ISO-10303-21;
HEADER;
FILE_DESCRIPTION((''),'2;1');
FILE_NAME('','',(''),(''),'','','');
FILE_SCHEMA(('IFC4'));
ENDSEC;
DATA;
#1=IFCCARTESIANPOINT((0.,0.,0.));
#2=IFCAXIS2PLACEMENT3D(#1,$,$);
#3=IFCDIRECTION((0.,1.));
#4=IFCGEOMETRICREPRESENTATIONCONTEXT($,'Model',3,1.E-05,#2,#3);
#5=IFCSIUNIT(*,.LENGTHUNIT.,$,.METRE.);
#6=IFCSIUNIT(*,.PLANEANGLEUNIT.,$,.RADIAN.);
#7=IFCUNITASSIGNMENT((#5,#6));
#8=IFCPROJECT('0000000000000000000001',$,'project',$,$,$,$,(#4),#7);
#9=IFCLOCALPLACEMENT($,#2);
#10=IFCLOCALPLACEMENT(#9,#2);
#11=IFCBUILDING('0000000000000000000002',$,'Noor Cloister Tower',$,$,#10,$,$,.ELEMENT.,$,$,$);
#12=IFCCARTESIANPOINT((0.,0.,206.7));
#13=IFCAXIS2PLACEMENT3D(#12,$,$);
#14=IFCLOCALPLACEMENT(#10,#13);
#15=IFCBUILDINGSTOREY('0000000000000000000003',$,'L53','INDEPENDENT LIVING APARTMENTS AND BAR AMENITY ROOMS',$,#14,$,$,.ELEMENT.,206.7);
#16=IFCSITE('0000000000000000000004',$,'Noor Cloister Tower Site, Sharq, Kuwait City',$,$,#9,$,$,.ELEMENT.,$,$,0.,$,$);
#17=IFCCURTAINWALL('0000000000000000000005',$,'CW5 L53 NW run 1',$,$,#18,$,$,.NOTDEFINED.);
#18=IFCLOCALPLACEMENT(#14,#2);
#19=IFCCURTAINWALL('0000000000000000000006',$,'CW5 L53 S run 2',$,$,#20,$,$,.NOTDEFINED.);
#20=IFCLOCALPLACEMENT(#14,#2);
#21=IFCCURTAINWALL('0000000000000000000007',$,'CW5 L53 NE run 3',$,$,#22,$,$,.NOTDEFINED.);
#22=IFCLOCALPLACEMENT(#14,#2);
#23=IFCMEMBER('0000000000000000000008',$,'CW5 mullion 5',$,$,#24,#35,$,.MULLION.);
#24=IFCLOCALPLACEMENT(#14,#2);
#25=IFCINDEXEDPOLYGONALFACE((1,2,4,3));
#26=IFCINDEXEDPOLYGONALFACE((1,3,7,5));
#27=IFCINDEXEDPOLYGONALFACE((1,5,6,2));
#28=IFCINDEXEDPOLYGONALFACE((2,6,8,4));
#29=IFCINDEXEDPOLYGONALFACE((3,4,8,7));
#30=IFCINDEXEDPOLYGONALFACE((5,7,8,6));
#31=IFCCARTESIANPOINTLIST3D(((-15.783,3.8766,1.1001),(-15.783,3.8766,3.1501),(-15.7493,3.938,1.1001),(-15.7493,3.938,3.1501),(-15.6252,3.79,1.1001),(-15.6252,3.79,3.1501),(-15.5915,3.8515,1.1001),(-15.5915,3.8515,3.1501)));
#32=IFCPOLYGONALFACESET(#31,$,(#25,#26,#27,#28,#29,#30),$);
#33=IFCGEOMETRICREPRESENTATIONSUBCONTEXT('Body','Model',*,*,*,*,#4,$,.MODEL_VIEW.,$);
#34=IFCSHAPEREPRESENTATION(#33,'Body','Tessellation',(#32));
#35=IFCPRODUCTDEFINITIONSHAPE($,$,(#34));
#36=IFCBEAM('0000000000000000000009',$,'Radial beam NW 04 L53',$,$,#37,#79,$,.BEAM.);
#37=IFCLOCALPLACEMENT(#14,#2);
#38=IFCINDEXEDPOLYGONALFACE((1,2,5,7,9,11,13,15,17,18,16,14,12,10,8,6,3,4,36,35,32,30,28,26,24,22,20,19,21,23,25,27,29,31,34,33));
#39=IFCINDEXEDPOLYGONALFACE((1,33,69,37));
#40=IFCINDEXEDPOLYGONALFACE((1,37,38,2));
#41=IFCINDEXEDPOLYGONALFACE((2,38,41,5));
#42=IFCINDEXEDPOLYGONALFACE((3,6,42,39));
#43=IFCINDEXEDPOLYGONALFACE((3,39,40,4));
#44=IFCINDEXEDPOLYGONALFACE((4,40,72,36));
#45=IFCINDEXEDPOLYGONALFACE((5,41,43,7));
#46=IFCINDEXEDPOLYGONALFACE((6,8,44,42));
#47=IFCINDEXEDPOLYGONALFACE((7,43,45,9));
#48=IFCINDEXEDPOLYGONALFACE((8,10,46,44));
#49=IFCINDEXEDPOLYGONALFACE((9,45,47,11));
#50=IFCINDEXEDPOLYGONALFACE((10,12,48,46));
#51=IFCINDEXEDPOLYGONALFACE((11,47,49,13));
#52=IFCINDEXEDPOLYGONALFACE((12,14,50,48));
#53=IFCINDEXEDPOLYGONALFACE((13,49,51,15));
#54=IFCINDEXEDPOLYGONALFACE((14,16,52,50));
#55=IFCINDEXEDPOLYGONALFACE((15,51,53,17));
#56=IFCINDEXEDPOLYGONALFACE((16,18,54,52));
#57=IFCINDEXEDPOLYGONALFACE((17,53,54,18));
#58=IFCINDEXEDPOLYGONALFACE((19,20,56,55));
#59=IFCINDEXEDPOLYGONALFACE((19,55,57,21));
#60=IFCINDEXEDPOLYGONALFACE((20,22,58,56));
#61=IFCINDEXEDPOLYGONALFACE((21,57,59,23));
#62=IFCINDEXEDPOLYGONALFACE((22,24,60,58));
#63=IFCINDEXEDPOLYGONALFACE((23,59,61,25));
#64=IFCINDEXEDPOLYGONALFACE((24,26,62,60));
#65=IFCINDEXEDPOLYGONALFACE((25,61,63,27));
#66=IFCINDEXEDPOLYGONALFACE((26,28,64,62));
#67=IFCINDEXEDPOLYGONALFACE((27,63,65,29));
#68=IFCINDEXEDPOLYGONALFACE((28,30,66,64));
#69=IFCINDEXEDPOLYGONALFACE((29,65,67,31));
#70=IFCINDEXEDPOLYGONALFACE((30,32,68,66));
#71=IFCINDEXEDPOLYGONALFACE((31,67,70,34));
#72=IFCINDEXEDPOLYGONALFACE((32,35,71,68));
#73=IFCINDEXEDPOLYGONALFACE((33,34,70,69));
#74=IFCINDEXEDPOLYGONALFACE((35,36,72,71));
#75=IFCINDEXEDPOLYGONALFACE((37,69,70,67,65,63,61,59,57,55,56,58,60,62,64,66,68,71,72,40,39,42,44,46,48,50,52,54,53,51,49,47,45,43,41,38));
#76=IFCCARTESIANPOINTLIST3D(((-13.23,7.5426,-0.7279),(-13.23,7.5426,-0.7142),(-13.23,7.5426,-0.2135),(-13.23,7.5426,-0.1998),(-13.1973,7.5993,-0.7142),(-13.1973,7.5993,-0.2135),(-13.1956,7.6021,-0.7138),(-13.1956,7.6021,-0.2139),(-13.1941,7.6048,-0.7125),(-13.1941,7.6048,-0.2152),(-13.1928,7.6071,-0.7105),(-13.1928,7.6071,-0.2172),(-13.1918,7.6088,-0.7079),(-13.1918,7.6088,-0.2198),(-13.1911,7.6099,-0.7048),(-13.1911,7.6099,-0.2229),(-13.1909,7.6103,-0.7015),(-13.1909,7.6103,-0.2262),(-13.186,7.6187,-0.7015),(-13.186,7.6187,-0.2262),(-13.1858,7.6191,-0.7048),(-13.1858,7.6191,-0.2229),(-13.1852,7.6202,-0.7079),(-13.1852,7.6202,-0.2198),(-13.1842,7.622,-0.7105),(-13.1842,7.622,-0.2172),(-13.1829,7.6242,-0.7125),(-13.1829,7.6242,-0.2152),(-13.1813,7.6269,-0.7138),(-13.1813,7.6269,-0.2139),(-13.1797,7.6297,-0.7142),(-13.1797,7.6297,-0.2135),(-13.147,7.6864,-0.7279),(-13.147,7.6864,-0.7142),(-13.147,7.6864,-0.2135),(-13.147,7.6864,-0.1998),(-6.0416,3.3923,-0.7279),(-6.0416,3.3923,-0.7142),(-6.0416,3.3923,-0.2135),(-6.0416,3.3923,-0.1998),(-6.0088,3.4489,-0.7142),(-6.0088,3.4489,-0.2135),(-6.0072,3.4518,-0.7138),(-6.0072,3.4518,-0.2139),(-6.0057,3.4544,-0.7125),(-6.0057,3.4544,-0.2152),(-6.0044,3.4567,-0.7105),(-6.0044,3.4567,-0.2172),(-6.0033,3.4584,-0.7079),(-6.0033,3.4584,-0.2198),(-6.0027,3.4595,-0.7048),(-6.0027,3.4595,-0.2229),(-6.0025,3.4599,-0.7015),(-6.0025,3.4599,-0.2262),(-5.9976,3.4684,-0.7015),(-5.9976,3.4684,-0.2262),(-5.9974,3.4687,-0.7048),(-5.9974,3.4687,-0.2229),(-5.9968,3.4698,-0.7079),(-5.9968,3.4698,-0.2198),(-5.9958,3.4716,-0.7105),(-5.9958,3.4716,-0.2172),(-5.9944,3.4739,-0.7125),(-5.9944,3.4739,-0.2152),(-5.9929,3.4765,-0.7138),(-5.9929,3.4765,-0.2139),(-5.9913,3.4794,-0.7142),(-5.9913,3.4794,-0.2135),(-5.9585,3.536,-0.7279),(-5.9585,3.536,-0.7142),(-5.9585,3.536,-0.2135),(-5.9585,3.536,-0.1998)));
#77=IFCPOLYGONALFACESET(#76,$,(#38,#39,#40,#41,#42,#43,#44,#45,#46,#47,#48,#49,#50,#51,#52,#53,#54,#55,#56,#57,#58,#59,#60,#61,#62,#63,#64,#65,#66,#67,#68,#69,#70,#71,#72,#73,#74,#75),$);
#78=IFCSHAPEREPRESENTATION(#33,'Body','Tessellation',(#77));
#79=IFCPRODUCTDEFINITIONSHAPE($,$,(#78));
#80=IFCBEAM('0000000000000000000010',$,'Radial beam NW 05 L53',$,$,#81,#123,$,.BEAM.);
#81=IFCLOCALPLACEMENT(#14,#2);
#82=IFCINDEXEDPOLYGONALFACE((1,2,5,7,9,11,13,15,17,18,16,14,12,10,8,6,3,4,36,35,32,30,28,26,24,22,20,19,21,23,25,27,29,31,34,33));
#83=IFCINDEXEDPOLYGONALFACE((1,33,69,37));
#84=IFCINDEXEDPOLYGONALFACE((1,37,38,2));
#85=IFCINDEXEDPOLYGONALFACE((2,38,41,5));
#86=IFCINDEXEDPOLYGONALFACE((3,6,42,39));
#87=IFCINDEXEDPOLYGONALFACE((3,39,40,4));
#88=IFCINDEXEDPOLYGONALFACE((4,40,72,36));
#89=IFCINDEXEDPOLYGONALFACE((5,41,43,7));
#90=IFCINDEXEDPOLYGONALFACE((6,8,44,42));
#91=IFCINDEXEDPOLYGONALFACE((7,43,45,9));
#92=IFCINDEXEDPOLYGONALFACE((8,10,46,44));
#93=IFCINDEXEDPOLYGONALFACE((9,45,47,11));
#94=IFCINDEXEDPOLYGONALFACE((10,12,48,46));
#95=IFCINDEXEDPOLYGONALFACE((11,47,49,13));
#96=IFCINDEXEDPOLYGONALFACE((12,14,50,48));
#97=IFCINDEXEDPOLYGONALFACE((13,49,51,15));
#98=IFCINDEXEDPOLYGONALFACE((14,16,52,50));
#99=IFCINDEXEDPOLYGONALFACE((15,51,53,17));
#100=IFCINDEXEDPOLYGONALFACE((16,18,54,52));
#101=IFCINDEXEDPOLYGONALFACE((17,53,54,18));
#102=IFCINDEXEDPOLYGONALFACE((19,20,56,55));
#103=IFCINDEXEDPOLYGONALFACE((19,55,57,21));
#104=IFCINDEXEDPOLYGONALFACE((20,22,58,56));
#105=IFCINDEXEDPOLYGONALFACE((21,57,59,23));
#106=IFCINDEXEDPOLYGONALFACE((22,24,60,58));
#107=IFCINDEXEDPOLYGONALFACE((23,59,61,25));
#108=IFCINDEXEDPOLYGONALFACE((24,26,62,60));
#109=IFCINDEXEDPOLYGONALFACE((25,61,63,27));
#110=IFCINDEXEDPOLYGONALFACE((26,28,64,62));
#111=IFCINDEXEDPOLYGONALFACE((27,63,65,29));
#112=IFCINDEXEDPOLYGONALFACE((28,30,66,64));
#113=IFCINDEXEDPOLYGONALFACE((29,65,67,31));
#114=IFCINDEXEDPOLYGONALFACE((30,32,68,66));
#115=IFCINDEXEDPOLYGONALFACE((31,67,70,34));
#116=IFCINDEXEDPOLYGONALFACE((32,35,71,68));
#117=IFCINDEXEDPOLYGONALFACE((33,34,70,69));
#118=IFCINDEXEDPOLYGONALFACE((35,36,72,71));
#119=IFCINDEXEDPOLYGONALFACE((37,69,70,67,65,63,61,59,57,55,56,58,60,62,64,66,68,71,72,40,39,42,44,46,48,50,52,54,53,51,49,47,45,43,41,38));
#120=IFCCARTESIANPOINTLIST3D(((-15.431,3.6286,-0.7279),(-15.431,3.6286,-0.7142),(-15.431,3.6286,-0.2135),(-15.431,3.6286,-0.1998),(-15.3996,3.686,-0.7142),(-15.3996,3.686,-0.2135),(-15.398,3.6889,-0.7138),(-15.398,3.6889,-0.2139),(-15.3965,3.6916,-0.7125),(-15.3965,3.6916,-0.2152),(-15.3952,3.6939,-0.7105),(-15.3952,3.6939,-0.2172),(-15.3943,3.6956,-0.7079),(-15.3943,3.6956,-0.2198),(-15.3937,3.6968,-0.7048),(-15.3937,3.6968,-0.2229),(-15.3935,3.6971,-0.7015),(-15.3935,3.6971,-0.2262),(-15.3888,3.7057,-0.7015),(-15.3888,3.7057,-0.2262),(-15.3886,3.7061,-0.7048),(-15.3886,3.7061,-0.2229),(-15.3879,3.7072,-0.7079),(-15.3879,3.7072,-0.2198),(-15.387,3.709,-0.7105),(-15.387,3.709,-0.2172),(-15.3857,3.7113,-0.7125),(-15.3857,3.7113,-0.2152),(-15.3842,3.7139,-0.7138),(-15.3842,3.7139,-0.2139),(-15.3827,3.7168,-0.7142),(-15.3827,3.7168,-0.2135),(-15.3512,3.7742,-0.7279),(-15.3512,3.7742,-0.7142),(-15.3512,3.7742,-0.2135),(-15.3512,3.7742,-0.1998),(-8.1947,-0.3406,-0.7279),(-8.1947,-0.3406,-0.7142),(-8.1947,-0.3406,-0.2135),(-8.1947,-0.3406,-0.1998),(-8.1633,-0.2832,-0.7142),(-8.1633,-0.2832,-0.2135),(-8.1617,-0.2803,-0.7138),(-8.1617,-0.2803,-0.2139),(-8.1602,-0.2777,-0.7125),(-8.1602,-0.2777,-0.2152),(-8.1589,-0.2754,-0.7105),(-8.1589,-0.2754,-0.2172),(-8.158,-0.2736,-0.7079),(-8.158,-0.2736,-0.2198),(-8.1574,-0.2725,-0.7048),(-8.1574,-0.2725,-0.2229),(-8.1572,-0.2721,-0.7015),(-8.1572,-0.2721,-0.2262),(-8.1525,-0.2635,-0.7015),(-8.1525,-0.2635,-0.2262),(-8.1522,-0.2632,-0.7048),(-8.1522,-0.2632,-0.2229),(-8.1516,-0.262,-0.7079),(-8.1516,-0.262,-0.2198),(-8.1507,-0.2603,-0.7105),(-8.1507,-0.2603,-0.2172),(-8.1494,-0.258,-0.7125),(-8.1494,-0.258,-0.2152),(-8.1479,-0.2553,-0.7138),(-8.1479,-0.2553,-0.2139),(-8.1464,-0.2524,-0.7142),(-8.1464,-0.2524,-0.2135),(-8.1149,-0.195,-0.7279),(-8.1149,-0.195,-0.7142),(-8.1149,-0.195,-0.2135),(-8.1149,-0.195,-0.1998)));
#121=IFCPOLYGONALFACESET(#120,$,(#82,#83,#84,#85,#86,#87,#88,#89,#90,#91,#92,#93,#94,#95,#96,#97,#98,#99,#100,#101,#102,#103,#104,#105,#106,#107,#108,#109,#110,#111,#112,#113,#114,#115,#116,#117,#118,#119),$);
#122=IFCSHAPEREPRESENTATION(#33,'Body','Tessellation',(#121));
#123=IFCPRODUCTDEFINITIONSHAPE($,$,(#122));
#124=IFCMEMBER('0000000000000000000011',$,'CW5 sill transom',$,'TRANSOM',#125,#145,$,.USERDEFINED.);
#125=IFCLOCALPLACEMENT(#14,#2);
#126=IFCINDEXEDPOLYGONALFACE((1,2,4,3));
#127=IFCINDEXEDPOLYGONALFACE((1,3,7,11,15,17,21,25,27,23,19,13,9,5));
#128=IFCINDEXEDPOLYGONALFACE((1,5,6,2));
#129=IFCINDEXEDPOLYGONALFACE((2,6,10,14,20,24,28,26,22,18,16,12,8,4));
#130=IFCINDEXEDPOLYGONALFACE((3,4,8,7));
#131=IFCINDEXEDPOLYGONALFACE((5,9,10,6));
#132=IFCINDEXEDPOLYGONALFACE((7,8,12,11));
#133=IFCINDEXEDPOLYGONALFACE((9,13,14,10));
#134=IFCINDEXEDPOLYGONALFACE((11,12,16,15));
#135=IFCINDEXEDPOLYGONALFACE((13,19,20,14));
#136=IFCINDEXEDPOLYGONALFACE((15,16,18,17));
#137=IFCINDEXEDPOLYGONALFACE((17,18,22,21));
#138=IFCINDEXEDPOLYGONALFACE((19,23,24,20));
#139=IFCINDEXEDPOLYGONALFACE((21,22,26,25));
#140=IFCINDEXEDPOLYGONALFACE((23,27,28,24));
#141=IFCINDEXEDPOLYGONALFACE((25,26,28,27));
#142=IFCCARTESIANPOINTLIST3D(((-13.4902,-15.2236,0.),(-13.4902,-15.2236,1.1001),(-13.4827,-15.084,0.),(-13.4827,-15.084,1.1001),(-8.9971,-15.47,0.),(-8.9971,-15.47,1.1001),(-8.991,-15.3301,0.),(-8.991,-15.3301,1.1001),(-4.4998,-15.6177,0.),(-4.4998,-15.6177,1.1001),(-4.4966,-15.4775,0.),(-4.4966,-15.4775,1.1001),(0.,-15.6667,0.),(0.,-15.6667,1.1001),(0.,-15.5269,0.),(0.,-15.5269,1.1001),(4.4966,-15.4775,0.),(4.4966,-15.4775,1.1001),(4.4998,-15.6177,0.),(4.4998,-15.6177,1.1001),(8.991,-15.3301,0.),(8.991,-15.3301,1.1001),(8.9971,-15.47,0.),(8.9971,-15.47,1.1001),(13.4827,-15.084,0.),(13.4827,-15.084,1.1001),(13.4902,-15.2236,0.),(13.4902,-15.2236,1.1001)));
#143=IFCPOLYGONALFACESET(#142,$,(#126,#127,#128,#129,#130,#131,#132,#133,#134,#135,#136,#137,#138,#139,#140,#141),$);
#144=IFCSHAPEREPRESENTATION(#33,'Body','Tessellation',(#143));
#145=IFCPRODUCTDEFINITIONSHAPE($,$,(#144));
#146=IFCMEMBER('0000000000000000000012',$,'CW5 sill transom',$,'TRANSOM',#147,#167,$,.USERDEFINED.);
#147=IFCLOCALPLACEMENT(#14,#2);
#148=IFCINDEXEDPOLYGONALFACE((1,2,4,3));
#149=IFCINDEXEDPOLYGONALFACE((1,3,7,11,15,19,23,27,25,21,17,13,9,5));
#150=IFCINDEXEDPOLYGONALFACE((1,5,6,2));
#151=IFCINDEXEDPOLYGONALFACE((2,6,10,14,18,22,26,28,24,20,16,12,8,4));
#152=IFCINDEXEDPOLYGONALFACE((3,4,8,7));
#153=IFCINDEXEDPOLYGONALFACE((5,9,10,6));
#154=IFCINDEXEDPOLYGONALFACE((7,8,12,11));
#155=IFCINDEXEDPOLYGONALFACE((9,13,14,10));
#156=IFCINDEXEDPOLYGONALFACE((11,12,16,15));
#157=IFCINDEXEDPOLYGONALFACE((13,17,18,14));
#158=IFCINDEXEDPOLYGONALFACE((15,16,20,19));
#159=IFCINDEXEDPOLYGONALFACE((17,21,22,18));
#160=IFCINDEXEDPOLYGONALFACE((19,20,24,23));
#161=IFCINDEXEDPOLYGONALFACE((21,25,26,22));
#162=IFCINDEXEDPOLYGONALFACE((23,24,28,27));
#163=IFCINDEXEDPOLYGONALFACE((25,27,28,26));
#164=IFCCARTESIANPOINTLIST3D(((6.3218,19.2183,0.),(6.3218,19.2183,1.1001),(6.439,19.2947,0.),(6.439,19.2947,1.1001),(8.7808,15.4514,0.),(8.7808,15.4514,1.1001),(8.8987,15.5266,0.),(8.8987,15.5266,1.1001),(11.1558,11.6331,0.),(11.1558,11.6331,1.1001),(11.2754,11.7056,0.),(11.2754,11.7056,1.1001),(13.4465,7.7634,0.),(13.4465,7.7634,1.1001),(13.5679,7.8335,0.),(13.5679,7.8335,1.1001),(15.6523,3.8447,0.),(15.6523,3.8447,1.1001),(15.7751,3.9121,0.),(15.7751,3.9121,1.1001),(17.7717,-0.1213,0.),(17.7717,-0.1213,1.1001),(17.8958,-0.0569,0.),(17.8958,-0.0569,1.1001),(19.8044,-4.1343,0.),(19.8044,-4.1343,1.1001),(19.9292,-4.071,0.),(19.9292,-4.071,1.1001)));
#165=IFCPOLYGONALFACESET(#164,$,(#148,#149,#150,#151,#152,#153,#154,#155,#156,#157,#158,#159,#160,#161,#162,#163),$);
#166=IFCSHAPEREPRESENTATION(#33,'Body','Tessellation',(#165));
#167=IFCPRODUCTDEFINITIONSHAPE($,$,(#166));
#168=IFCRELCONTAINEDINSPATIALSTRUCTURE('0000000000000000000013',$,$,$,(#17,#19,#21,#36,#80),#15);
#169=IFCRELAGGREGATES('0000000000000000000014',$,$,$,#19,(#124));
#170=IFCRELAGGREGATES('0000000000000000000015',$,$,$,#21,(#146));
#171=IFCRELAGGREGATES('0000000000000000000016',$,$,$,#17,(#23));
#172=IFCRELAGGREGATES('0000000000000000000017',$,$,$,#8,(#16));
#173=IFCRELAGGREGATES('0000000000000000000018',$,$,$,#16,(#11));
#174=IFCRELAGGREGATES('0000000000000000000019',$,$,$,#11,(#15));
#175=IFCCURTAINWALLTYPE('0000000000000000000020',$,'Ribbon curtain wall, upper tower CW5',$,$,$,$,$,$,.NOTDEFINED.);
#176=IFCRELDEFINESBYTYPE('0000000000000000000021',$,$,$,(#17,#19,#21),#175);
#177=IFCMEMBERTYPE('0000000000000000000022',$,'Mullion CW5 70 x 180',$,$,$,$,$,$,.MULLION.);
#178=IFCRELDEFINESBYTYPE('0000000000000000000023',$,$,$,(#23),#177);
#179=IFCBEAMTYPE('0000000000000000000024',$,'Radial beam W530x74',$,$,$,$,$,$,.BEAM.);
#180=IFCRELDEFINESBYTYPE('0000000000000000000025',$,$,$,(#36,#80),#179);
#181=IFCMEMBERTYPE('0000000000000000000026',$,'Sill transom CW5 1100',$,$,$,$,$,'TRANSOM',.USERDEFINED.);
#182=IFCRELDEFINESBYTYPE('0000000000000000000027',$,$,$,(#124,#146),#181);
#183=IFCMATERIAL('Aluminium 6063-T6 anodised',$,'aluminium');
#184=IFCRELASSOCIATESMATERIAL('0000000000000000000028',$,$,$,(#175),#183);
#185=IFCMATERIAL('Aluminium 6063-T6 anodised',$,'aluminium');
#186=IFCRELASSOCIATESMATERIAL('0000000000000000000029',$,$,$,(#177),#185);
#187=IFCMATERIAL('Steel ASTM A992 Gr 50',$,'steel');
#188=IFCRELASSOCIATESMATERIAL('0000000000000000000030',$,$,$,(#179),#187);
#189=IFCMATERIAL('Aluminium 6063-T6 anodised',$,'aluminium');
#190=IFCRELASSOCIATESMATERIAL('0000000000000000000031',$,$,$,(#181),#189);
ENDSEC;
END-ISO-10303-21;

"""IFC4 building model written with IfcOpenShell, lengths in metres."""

from ifc_helpers import new_model, si_unit, direction, frame, origin, origin_2d, place, context, subcontext, project, spatial, polyline, rectangle, i_section, outline, extrude, material, material_profile, profile_set, type_object, element, aggregate, save


model = new_model("IFC4")

# Units and contexts
model_context = context("Model", 3, precision=1e-05, world=origin(), true_north=direction((0.0, 1.0)))
body_context = subcontext(model_context, "Body", "Model", "MODEL_VIEW")
ifc_project = project(units=[si_unit("LENGTHUNIT", "METRE"), si_unit("PLANEANGLEUNIT", "RADIAN")], contexts=[model_context])

# Site, building, storey
site_placement = place(None, origin())
site = spatial("IfcSite", under=ifc_project, at=site_placement, Name="Noor Cloister Tower Site, Sharq, Kuwait City", CompositionType="ELEMENT", RefElevation=0.0)
building_placement = place(site_placement, origin())
building = spatial("IfcBuilding", under=site, at=building_placement, Name="Noor Cloister Tower", CompositionType="ELEMENT")
storey_placement = place(building_placement, frame((0.0, 0.0, 206.7)))
storey = spatial("IfcBuildingStorey", under=building, at=storey_placement, Name="L53", Description="INDEPENDENT LIVING APARTMENTS AND BAR AMENITY ROOMS", CompositionType="ELEMENT", Elevation=206.7)

# Curtain walls
ifc_material_1 = material(Name="Aluminium 6063-T6 anodised", Category="aluminium")
curtain_wall_type = type_object("IfcCurtainWallType", Name="Ribbon curtain wall, upper tower CW5", PredefinedType="NOTDEFINED", material=ifc_material_1)
curtain_wall_1_placement = place(storey_placement, origin())
curtain_wall_1 = element("IfcCurtainWall", 1, at=curtain_wall_1_placement, inside=storey, type_object=curtain_wall_type, Name="CW5 L53 NW run 1", PredefinedType="NOTDEFINED")
curtain_wall_2_placement = place(storey_placement, origin())
curtain_wall_2 = element("IfcCurtainWall", 2, at=curtain_wall_2_placement, inside=storey, type_object=curtain_wall_type, Name="CW5 L53 S run 2", PredefinedType="NOTDEFINED")
curtain_wall_3_placement = place(storey_placement, origin())
curtain_wall_3 = element("IfcCurtainWall", 3, at=curtain_wall_3_placement, inside=storey, type_object=curtain_wall_type, Name="CW5 L53 NE run 3", PredefinedType="NOTDEFINED")

# Member
ifc_material_2 = material(Name="Aluminium 6063-T6 anodised", Category="aluminium")
ifc_material_profile_1 = material_profile(ifc_material_2, rectangle(XDim=0.1799, YDim=0.0701, at=origin_2d()), Name="180 x 70 mullion")
ifc_profile_set_1 = profile_set([ifc_material_profile_1], Name="Aluminium 6063-T6 anodised")
member_type_1 = type_object("IfcMemberType", Name="Mullion CW5 70 x 180", PredefinedType="MULLION", material=ifc_profile_set_1)
member_1_placement = place(storey_placement, frame((-15.6873, 3.864, 1.1001), z_axis=(0.0, 0.0, 1.0), x_axis=(0.876763, -0.480923, 0.0)))
member_1 = element("IfcMember", 4, at=member_1_placement, type_object=member_type_1, Name="CW5 mullion 5", PredefinedType="MULLION", context=body_context, shape_type="SweptSolid", body=[
    extrude(rectangle(XDim=0.1799, YDim=0.0701, at=origin_2d()), origin(), (0.0, 0.0, 1.0), 2.05),
])

# Beams
ifc_material_3 = material(Name="Steel ASTM A992 Gr 50", Category="steel")
ifc_material_profile_2 = material_profile(ifc_material_3, i_section(OverallWidth=0.166, OverallDepth=0.5281, WebThickness=0.0098, FlangeThickness=0.0137, FilletRadius=0.0127, at=origin_2d()), Name="W530x74")
ifc_profile_set_2 = profile_set([ifc_material_profile_2], Name="Steel ASTM A992 Gr 50")
beam_type_1 = type_object("IfcBeamType", Name="Radial beam W530x74", PredefinedType="BEAM", material=ifc_profile_set_2)
beam_1_placement = place(storey_placement, frame((-13.1885, 7.6145, -0.4639), z_axis=(0.866019, -0.500011, 0.0), x_axis=(0.500011, 0.866019, 0.0)))
element("IfcBeam", 5, at=beam_1_placement, inside=storey, type_object=beam_type_1, Name="Radial beam NW 04 L53", PredefinedType="BEAM", context=body_context, shape_type="SweptSolid", body=[
    extrude(i_section(OverallWidth=0.166, OverallDepth=0.5281, WebThickness=0.0098, FlangeThickness=0.0137, FilletRadius=0.0127, at=origin_2d()), origin(), (0.0, 0.0, 1.0), 8.3005),
])
beam_2_placement = place(storey_placement, frame((-15.3911, 3.7014, -0.4639), z_axis=(0.876765, -0.480919, 0.0), x_axis=(0.480919, 0.876765, 0.0)))
element("IfcBeam", 6, at=beam_2_placement, inside=storey, type_object=beam_type_1, Name="Radial beam NW 05 L53", PredefinedType="BEAM", context=body_context, shape_type="SweptSolid", body=[
    extrude(i_section(OverallWidth=0.166, OverallDepth=0.5281, WebThickness=0.0098, FlangeThickness=0.0137, FilletRadius=0.0127, at=origin_2d()), origin(), (0.0, 0.0, 1.0), 8.2534),
])

# Members
ifc_material_4 = material(Name="Aluminium 6063-T6 anodised", Category="aluminium")
member_type_2 = type_object("IfcMemberType", Name="Sill transom CW5 1100", ElementType="TRANSOM", PredefinedType="USERDEFINED", material=ifc_material_4)
member_2_placement = place(storey_placement, origin())
member_2 = element("IfcMember", 7, at=member_2_placement, type_object=member_type_2, Name="CW5 sill transom", ObjectType="TRANSOM", PredefinedType="USERDEFINED", context=body_context, shape_type="SweptSolid", body=[
    extrude(outline(polyline([(-13.4902, -15.2236), (-8.9971, -15.47), (-4.4998, -15.6177), (0.0, -15.6667), (4.4998, -15.6177), (8.9971, -15.47), (13.4902, -15.2236), (13.4827, -15.084), (8.991, -15.3301), (4.4966, -15.4775), (0.0, -15.5269), (-4.4966, -15.4775), (-8.991, -15.3301), (-13.4827, -15.084), (-13.4902, -15.2236)])), origin(), (0.0, 0.0, 1.0), 1.1001),
])
aggregate(curtain_wall_2, [member_2])
member_3_placement = place(storey_placement, origin())
member_3 = element("IfcMember", 8, at=member_3_placement, type_object=member_type_2, Name="CW5 sill transom", ObjectType="TRANSOM", PredefinedType="USERDEFINED", context=body_context, shape_type="SweptSolid", body=[
    extrude(outline(polyline([(19.9292, -4.071), (17.8958, -0.0569), (15.7751, 3.9121), (13.5679, 7.8335), (11.2754, 11.7056), (8.8987, 15.5266), (6.439, 19.2947), (6.3218, 19.2183), (8.7808, 15.4514), (11.1558, 11.6331), (13.4465, 7.7634), (15.6523, 3.8447), (17.7717, -0.1213), (19.8044, -4.1343), (19.9292, -4.071)])), origin(), (0.0, 0.0, 1.0), 1.1001),
])
aggregate(curtain_wall_3, [member_3])

aggregate(curtain_wall_1, [member_1])

save(model, "model.ifc")
